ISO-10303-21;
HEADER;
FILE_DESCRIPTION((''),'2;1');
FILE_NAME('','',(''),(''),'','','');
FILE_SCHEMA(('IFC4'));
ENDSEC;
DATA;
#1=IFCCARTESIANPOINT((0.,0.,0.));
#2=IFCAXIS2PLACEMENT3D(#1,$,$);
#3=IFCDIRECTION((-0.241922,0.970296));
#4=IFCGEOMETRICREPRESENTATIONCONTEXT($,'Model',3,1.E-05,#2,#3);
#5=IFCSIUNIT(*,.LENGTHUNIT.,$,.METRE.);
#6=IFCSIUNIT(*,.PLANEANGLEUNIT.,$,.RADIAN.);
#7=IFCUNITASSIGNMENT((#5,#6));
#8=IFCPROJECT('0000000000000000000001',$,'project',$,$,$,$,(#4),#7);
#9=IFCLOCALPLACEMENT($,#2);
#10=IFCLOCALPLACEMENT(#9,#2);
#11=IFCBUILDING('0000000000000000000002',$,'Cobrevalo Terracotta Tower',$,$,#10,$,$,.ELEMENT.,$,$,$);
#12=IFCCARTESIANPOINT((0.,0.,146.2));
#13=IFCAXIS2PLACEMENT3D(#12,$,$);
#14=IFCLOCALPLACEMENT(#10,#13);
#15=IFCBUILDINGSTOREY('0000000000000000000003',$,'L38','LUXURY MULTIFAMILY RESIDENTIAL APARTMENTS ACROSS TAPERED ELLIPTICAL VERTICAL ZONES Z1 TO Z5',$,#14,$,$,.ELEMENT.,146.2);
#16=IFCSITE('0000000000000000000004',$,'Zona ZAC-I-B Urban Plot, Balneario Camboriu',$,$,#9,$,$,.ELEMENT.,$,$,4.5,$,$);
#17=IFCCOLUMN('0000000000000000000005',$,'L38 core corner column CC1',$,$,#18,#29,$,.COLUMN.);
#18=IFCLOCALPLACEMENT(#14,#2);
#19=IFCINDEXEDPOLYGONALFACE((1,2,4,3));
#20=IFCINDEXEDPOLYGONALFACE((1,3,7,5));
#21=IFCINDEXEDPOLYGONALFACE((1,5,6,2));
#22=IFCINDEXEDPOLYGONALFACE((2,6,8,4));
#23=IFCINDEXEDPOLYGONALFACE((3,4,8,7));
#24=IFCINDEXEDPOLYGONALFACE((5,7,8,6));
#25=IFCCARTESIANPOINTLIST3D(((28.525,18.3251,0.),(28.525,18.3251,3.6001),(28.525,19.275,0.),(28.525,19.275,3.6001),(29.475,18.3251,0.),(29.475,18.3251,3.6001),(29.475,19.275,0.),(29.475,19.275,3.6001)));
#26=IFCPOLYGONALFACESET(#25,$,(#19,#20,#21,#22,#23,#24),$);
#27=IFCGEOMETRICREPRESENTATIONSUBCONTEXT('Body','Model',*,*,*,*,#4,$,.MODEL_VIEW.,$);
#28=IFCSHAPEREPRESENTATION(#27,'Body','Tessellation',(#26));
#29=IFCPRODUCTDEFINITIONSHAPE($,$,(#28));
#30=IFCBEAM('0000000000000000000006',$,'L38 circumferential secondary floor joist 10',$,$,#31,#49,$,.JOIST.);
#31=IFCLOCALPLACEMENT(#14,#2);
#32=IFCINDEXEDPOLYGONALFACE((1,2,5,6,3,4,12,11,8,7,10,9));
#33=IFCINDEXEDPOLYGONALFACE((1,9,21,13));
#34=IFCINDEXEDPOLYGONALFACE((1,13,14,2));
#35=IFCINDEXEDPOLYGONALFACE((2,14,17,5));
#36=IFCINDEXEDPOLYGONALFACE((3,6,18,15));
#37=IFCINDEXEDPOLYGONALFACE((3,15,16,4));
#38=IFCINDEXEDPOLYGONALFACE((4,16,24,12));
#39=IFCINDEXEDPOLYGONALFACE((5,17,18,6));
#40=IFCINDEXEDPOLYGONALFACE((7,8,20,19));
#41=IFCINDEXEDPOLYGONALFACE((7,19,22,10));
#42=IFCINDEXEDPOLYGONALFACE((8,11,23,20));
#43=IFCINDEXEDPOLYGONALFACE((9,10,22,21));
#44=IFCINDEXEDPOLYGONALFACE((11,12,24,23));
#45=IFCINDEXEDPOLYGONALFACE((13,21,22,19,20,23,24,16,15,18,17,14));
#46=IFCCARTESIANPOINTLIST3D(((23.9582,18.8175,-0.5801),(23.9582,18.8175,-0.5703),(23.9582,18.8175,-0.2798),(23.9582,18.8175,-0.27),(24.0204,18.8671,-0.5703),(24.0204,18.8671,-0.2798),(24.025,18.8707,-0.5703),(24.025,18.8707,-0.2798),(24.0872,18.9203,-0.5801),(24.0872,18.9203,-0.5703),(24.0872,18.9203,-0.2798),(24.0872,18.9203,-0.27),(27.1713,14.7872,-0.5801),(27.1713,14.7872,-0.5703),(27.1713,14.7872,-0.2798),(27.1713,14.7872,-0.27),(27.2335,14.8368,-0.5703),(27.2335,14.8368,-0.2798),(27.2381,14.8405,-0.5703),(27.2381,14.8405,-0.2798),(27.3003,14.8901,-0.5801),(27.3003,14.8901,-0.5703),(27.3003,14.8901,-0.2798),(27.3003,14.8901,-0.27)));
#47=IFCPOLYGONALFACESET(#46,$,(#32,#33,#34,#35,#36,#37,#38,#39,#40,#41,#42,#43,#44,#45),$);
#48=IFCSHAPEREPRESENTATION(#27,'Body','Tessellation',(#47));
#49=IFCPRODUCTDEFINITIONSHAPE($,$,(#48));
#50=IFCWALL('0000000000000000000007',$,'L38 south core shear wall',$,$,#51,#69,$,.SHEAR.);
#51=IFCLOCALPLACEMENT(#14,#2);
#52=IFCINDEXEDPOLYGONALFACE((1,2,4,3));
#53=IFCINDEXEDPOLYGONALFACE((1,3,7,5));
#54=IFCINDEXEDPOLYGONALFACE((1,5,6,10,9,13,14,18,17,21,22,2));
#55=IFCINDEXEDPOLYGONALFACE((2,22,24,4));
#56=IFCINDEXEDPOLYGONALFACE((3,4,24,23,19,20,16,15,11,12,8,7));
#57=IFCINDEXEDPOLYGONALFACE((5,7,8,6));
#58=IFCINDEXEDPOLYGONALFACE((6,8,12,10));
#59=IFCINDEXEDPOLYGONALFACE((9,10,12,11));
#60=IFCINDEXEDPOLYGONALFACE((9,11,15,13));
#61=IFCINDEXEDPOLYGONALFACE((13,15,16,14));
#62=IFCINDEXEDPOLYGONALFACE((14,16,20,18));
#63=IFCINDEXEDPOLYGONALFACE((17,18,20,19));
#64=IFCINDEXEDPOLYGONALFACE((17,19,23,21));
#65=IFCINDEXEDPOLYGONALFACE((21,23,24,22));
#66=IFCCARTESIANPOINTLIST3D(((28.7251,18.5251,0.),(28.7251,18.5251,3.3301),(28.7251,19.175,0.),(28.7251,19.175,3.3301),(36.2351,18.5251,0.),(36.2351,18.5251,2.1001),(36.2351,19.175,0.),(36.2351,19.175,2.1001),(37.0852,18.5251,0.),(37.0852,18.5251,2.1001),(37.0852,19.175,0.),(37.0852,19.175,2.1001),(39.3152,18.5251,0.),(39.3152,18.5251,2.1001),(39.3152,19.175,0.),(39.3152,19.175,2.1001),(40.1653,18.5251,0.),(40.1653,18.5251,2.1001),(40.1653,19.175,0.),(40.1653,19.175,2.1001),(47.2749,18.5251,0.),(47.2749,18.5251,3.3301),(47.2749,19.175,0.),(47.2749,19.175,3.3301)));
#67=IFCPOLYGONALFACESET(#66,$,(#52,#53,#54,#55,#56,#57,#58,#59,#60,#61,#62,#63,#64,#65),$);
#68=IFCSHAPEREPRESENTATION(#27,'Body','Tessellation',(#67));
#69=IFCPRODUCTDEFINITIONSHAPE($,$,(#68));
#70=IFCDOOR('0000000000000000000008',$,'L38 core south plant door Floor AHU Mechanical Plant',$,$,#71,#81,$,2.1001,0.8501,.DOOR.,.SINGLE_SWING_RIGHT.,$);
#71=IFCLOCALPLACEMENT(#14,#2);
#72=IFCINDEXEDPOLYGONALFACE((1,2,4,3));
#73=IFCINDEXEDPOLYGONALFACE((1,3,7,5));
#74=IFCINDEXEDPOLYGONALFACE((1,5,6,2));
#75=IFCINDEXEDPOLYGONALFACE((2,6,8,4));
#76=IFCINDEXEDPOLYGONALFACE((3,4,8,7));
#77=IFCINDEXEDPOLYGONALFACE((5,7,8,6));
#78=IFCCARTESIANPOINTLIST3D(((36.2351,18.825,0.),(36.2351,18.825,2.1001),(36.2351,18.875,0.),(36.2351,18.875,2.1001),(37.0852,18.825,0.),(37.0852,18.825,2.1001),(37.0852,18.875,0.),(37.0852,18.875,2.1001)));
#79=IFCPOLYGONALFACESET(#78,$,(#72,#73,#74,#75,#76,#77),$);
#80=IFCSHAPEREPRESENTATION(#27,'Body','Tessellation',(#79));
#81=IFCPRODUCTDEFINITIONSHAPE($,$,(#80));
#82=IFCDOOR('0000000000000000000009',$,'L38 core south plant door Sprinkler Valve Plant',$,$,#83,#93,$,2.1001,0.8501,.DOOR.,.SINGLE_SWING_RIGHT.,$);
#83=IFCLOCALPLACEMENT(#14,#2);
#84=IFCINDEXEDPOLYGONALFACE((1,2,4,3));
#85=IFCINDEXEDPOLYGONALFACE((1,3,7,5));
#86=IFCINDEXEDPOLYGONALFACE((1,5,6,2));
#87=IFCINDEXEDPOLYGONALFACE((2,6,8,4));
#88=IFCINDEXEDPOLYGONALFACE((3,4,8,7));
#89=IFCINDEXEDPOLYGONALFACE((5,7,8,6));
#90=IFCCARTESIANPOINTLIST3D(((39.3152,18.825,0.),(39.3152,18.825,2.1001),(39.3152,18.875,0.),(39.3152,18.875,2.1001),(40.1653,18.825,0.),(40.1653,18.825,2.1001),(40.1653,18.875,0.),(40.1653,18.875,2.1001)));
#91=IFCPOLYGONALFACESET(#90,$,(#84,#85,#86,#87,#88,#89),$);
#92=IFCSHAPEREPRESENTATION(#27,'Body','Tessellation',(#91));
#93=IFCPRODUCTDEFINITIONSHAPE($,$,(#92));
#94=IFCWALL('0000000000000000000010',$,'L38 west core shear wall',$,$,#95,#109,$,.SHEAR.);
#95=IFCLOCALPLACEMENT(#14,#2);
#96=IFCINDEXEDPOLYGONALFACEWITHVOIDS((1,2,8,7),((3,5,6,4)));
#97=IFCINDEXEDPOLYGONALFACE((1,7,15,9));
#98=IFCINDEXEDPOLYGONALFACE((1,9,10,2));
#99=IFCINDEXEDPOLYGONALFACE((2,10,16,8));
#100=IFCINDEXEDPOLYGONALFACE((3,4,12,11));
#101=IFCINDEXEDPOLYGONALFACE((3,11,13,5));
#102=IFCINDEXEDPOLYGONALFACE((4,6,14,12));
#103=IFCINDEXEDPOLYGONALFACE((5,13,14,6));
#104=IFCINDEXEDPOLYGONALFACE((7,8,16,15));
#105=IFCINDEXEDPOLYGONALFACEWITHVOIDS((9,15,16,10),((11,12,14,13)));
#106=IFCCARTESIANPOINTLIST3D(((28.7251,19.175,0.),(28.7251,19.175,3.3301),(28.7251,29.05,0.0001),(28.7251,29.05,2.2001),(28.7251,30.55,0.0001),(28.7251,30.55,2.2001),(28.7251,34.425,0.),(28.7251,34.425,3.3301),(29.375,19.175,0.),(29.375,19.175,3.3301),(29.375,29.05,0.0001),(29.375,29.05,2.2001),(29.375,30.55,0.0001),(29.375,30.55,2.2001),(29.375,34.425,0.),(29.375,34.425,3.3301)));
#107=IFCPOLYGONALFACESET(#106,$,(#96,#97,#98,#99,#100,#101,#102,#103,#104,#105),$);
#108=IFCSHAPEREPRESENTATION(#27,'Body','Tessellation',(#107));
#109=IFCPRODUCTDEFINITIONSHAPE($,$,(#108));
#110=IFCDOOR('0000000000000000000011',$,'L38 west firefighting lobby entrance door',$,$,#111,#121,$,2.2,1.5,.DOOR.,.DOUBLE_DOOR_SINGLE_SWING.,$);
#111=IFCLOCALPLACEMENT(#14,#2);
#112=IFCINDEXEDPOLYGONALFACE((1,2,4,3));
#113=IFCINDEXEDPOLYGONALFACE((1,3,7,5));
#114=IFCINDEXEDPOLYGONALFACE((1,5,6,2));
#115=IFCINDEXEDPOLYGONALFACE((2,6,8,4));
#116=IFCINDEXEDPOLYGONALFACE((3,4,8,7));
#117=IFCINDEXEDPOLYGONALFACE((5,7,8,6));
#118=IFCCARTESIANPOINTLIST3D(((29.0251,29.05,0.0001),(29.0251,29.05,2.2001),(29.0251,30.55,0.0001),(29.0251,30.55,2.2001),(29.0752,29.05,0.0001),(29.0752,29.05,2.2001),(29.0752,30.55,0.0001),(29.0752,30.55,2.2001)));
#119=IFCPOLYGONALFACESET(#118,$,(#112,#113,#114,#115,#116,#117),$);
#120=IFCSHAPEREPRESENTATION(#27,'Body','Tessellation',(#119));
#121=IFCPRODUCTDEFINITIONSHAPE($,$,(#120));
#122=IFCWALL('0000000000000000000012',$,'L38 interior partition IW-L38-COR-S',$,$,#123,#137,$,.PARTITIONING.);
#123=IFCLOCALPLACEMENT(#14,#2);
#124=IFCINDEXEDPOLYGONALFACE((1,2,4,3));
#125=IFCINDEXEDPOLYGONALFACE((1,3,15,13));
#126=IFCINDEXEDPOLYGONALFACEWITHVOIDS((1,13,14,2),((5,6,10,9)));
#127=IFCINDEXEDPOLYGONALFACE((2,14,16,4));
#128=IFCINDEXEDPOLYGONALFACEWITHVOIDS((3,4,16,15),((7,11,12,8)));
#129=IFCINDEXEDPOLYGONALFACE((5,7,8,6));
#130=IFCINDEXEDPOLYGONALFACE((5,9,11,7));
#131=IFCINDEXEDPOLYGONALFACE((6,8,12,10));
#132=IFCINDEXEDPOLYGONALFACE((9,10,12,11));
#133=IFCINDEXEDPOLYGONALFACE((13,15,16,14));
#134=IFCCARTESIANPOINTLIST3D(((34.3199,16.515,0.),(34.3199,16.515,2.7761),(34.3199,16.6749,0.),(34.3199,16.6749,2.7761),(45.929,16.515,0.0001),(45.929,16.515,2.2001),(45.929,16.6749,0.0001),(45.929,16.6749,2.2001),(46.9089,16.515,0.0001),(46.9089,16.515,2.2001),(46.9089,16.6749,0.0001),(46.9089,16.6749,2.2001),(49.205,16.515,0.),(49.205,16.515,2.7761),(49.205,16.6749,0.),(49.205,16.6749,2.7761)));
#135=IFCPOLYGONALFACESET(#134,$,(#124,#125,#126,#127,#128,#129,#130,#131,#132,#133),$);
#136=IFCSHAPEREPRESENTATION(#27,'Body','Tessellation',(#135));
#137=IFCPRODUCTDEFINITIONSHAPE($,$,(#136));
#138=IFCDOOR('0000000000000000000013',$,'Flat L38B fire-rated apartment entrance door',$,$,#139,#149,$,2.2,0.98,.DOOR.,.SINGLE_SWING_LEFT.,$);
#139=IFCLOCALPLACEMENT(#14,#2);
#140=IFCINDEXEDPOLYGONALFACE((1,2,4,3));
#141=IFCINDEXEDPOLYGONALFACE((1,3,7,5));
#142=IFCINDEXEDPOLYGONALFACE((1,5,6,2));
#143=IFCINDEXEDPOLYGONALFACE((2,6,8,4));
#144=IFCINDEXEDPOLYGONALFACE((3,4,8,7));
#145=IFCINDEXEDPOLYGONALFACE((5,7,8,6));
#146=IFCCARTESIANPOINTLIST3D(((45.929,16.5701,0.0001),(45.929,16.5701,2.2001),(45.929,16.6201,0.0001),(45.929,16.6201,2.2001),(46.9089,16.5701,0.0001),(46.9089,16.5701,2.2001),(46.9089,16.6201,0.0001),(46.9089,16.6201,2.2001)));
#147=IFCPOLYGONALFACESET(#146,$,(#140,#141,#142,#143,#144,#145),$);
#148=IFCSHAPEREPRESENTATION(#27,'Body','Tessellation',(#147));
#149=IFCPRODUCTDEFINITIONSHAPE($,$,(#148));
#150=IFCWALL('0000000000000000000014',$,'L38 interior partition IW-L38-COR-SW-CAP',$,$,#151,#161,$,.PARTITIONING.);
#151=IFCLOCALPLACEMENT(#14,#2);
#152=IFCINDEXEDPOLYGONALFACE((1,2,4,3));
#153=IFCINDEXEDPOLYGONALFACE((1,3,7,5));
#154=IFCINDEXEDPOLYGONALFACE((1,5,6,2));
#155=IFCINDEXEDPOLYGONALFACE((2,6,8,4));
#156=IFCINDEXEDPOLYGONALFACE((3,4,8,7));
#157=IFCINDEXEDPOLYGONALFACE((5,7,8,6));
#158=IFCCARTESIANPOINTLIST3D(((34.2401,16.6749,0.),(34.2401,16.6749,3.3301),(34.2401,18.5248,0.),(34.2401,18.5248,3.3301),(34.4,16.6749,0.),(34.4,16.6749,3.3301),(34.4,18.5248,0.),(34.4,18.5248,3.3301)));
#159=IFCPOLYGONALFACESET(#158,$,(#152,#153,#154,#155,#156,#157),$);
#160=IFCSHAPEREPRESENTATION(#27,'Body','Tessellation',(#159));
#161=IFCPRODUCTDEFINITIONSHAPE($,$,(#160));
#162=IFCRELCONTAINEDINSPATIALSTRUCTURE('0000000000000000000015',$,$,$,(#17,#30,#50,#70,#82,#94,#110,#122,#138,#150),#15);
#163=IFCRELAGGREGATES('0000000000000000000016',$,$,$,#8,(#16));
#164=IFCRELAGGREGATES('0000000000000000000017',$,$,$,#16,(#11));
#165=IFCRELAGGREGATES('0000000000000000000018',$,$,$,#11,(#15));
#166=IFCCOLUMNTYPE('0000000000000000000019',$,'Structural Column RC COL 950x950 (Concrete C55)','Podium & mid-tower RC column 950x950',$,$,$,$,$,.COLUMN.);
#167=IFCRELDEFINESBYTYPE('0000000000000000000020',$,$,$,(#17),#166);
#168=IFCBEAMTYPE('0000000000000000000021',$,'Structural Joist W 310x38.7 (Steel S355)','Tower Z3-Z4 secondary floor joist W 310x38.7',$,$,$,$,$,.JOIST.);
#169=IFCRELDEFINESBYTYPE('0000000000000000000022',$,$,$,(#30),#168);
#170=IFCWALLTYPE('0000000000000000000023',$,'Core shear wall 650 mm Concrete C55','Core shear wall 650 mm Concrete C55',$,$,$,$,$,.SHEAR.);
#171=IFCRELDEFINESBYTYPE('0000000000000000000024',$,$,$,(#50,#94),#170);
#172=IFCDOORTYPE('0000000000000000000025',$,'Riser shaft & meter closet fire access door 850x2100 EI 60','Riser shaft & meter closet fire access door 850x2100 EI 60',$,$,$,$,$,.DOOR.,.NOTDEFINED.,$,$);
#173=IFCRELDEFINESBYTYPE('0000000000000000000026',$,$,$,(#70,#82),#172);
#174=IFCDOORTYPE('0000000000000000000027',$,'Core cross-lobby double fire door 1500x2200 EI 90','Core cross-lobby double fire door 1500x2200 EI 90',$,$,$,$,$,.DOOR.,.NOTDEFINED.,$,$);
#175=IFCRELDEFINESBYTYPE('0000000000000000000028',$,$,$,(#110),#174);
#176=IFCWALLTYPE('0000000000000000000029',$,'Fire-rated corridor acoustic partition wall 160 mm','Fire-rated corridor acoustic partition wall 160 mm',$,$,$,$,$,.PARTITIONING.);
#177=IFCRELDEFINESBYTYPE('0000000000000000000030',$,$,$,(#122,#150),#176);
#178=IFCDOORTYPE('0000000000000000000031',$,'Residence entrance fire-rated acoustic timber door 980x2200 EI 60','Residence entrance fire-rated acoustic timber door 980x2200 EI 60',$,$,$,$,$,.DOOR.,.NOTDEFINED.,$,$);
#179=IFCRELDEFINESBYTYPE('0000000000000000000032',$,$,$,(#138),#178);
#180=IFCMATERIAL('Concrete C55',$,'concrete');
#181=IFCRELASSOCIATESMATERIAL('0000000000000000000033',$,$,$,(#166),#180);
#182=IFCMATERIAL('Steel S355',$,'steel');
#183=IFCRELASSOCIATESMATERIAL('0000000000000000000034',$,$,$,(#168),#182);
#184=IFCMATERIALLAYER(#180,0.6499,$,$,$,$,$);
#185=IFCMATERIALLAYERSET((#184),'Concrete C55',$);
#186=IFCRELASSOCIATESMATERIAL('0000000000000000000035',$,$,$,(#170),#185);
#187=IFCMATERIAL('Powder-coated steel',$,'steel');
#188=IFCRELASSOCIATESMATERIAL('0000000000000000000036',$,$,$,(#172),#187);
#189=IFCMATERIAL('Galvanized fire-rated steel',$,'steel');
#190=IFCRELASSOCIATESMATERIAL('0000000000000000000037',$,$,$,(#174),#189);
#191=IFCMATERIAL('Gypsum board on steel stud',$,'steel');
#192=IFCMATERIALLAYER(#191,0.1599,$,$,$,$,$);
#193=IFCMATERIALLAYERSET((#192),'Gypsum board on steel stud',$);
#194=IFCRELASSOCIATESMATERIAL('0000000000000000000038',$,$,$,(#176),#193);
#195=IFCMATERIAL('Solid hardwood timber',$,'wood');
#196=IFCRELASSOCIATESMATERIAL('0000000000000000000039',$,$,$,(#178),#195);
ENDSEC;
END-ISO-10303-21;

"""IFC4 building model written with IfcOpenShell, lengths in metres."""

from ifc_helpers import new_model, si_unit, direction, frame, frame_2d, origin, origin_2d, place, context, subcontext, project, spatial, rectangle, i_section, extrude, source, transform, mapped, material, layer, layer_set, material_profile, profile_set, type_object, element, fill, save


model = new_model("IFC4")

# Units and contexts
model_context = context("Model", 3, precision=1e-05, world=origin(), true_north=direction((-0.241922, 0.970296)))
body_context = subcontext(model_context, "Body", "Model", "MODEL_VIEW")
ifc_project = project(units=[si_unit("LENGTHUNIT", "METRE"), si_unit("PLANEANGLEUNIT", "RADIAN")], contexts=[model_context])

# Site, building, storey
site_placement = place(None, origin())
site = spatial("IfcSite", under=ifc_project, at=site_placement, Name="Zona ZAC-I-B Urban Plot, Balneario Camboriu", CompositionType="ELEMENT", RefElevation=4.5)
building_placement = place(site_placement, origin())
building = spatial("IfcBuilding", under=site, at=building_placement, Name="Cobrevalo Terracotta Tower", CompositionType="ELEMENT")
storey_placement = place(building_placement, frame((0.0, 0.0, 146.2)))
storey = spatial("IfcBuildingStorey", under=building, at=storey_placement, Name="L38", Description="LUXURY MULTIFAMILY RESIDENTIAL APARTMENTS ACROSS TAPERED ELLIPTICAL VERTICAL ZONES Z1 TO Z5", CompositionType="ELEMENT", Elevation=146.2)

# Column
ifc_material_1 = material(Name="Concrete C55", Category="concrete")
ifc_material_profile_1 = material_profile(ifc_material_1, rectangle(XDim=0.95, YDim=0.95, at=origin_2d()), Name="RC COL 950x950")
ifc_profile_set_1 = profile_set([ifc_material_profile_1], Name="Concrete C55")
column_type = type_object("IfcColumnType", Name="Structural Column RC COL 950x950 (Concrete C55)", Description="Podium & mid-tower RC column 950x950", PredefinedType="COLUMN", material=ifc_profile_set_1)
column_placement = place(storey_placement, frame((29.0, 18.8, 0.0), z_axis=(0.0, 0.0, 1.0), x_axis=(1.0, 0.0, 0.0)))
element("IfcColumn", 1, at=column_placement, inside=storey, type_object=column_type, Name="L38 core corner column CC1", PredefinedType="COLUMN", context=body_context, shape_type="SweptSolid", body=[
    extrude(rectangle(XDim=0.95, YDim=0.95, at=origin_2d()), origin(), (0.0, 0.0, 1.0), 3.6001),
])

# Beam
ifc_material_2 = material(Name="Steel S355", Category="steel")
ifc_material_profile_2 = material_profile(ifc_material_2, i_section(OverallWidth=0.165, OverallDepth=0.3101, WebThickness=0.0059, FlangeThickness=0.0098, at=origin_2d()), Name="W 310x38.7")
ifc_profile_set_2 = profile_set([ifc_material_profile_2], Name="Steel S355")
beam_type = type_object("IfcBeamType", Name="Structural Joist W 310x38.7 (Steel S355)", Description="Tower Z3-Z4 secondary floor joist W 310x38.7", PredefinedType="JOIST", material=ifc_profile_set_2)
beam_placement = place(storey_placement, frame((24.0227, 18.8689, -0.425), z_axis=(0.623383, -0.781917, 0.0), x_axis=(0.781917, 0.623383, 0.0)))
element("IfcBeam", 2, at=beam_placement, inside=storey, type_object=beam_type, Name="L38 circumferential secondary floor joist 10", PredefinedType="JOIST", context=body_context, shape_type="SweptSolid", body=[
    extrude(i_section(OverallWidth=0.165, OverallDepth=0.3101, WebThickness=0.0059, FlangeThickness=0.0098, at=origin_2d()), origin(), (0.0, 0.0, 1.0), 5.1543),
])

# Wall, openings, doors
ifc_layer_1 = layer(ifc_material_1, 0.6499)
ifc_layer_set_1 = layer_set([ifc_layer_1], Name="Concrete C55")
wall_type_1 = type_object("IfcWallType", Name="Core shear wall 650 mm Concrete C55", Description="Core shear wall 650 mm Concrete C55", PredefinedType="SHEAR", material=ifc_layer_set_1)
wall_1_placement = place(storey_placement, frame((28.7251, 18.8501, 0.0), z_axis=(0.0, 0.0, 1.0), x_axis=(1.0, 0.0, 0.0)))
wall_1 = element("IfcWall", 3, at=wall_1_placement, inside=storey, type_object=wall_type_1, Name="L38 south core shear wall", PredefinedType="SHEAR", context=body_context, shape_type="SweptSolid", body=[
    extrude(rectangle(XDim=18.5498, YDim=0.6499, at=frame_2d((9.2749, 0.0))), origin(), (0.0, 0.0, 1.0), 3.3301),
])
opening_1_placement = place(wall_1_placement, frame((7.51, 0.0, 0.0)))
opening_1 = element("IfcOpeningElement", 4, at=opening_1_placement, cuts=wall_1, PredefinedType="OPENING", context=body_context, shape_type="SweptSolid", body=[
    extrude(rectangle(XDim=0.8501, YDim=2.1001, at=frame_2d((0.425, 1.05))), frame((0.0, 0.335, 0.0), z_axis=(0.0, -1.0, 0.0), x_axis=(1.0, 0.0, 0.0)), (0.0, 0.0, 1.0), 0.6699),
])
opening_2_placement = place(wall_1_placement, frame((10.5901, 0.0, 0.0)))
opening_2 = element("IfcOpeningElement", 5, at=opening_2_placement, cuts=wall_1, PredefinedType="OPENING", context=body_context, shape_type="SweptSolid", body=[
    extrude(rectangle(XDim=0.8501, YDim=2.1001, at=frame_2d((0.425, 1.05))), frame((0.0, 0.335, 0.0), z_axis=(0.0, -1.0, 0.0), x_axis=(1.0, 0.0, 0.0)), (0.0, 0.0, 1.0), 0.6699),
])
ifc_material_3 = material(Name="Powder-coated steel", Category="steel")
door_type_1 = type_object("IfcDoorType", Name="Riser shaft & meter closet fire access door 850x2100 EI 60", Description="Riser shaft & meter closet fire access door 850x2100 EI 60", OperationType="NOTDEFINED", PredefinedType="DOOR", material=ifc_material_3)
shared_shape_1 = source(origin(), body_context, "Body", "SweptSolid", [
    extrude(rectangle(XDim=0.8501, YDim=2.1001, at=frame_2d((0.425, 1.05))), frame((0.0, 0.0249, 0.0), z_axis=(0.0, -1.0, 0.0), x_axis=(1.0, 0.0, 0.0)), (0.0, 0.0, 1.0), 0.05),
])
door_1_placement = place(opening_1_placement, origin())
door_1 = element("IfcDoor", 6, at=door_1_placement, inside=storey, type_object=door_type_1, Name="L38 core south plant door Floor AHU Mechanical Plant", OperationType="SINGLE_SWING_RIGHT", OverallHeight=2.1001, OverallWidth=0.8501, PredefinedType="DOOR", context=body_context, shape_type="MappedRepresentation", body=[
    mapped(shared_shape_1, transform((0.0, 0.0, 0.0), scale=1.0)),
])
fill(opening_1, door_1)
door_2_placement = place(opening_2_placement, origin())
door_2 = element("IfcDoor", 7, at=door_2_placement, inside=storey, type_object=door_type_1, Name="L38 core south plant door Sprinkler Valve Plant", OperationType="SINGLE_SWING_RIGHT", OverallHeight=2.1001, OverallWidth=0.8501, PredefinedType="DOOR", context=body_context, shape_type="MappedRepresentation", body=[
    mapped(shared_shape_1, transform((0.0, 0.0, 0.0), scale=1.0)),
])
fill(opening_2, door_2)

# Walls, openings, doors
wall_2_placement = place(storey_placement, frame((29.05, 19.175, 0.0), z_axis=(0.0, 0.0, 1.0), x_axis=(0.0, 1.0, 0.0)))
wall_2 = element("IfcWall", 8, at=wall_2_placement, inside=storey, type_object=wall_type_1, Name="L38 west core shear wall", PredefinedType="SHEAR", context=body_context, shape_type="SweptSolid", body=[
    extrude(rectangle(XDim=15.25, YDim=0.6499, at=frame_2d((7.625, 0.0))), origin(), (0.0, 0.0, 1.0), 3.3301),
])
opening_3_placement = place(wall_2_placement, frame((9.875, 0.0, 0.0)))
opening_3 = element("IfcOpeningElement", 9, at=opening_3_placement, cuts=wall_2, PredefinedType="OPENING", context=body_context, shape_type="SweptSolid", body=[
    extrude(rectangle(XDim=1.5, YDim=2.2, at=frame_2d((0.75, 1.1001))), frame((0.0, 0.335, 0.0), z_axis=(0.0, -1.0, 0.0), x_axis=(1.0, 0.0, 0.0)), (0.0, 0.0, 1.0), 0.6699),
])
ifc_material_4 = material(Name="Galvanized fire-rated steel", Category="steel")
door_type_2 = type_object("IfcDoorType", Name="Core cross-lobby double fire door 1500x2200 EI 90", Description="Core cross-lobby double fire door 1500x2200 EI 90", OperationType="NOTDEFINED", PredefinedType="DOOR", material=ifc_material_4)
shared_shape_2 = source(origin(), body_context, "Body", "SweptSolid", [
    extrude(rectangle(XDim=1.5, YDim=2.2, at=frame_2d((0.75, 1.1001))), frame((0.0, 0.0249, 0.0), z_axis=(0.0, -1.0, 0.0), x_axis=(1.0, 0.0, 0.0)), (0.0, 0.0, 1.0), 0.05),
])
door_3_placement = place(opening_3_placement, origin())
door_3 = element("IfcDoor", 10, at=door_3_placement, inside=storey, type_object=door_type_2, Name="L38 west firefighting lobby entrance door", OperationType="DOUBLE_DOOR_SINGLE_SWING", OverallHeight=2.2, OverallWidth=1.5, PredefinedType="DOOR", context=body_context, shape_type="MappedRepresentation", body=[
    mapped(shared_shape_2, transform((0.0, 0.0, 0.0), scale=1.0)),
])
fill(opening_3, door_3)
ifc_material_5 = material(Name="Gypsum board on steel stud", Category="steel")
ifc_layer_2 = layer(ifc_material_5, 0.1599)
ifc_layer_set_2 = layer_set([ifc_layer_2], Name="Gypsum board on steel stud")
wall_type_2 = type_object("IfcWallType", Name="Fire-rated corridor acoustic partition wall 160 mm", Description="Fire-rated corridor acoustic partition wall 160 mm", PredefinedType="PARTITIONING", material=ifc_layer_set_2)
wall_3_placement = place(storey_placement, frame((34.3201, 16.595, 0.0), z_axis=(0.0, 0.0, 1.0), x_axis=(1.0, 0.0, 0.0)))
wall_3 = element("IfcWall", 11, at=wall_3_placement, inside=storey, type_object=wall_type_2, Name="L38 interior partition IW-L38-COR-S", PredefinedType="PARTITIONING", context=body_context, shape_type="SweptSolid", body=[
    extrude(rectangle(XDim=14.885, YDim=0.1599, at=frame_2d((7.4424, 0.0))), origin(), (0.0, 0.0, 1.0), 2.7761),
])
opening_4_placement = place(wall_3_placement, frame((11.6089, 0.0, 0.0)))
opening_4 = element("IfcOpeningElement", 12, at=opening_4_placement, cuts=wall_3, PredefinedType="OPENING", context=body_context, shape_type="SweptSolid", body=[
    extrude(rectangle(XDim=0.98, YDim=2.2, at=frame_2d((0.49, 1.1001))), frame((0.0, 0.0898, 0.0), z_axis=(0.0, -1.0, 0.0), x_axis=(1.0, 0.0, 0.0)), (0.0, 0.0, 1.0), 0.1799),
])
ifc_material_6 = material(Name="Solid hardwood timber", Category="wood")
door_type_3 = type_object("IfcDoorType", Name="Residence entrance fire-rated acoustic timber door 980x2200 EI 60", Description="Residence entrance fire-rated acoustic timber door 980x2200 EI 60", OperationType="NOTDEFINED", PredefinedType="DOOR", material=ifc_material_6)
shared_shape_3 = source(origin(), body_context, "Body", "SweptSolid", [
    extrude(rectangle(XDim=0.98, YDim=2.2, at=frame_2d((0.49, 1.1001))), frame((0.0, 0.0249, 0.0), z_axis=(0.0, -1.0, 0.0), x_axis=(1.0, 0.0, 0.0)), (0.0, 0.0, 1.0), 0.05),
])
door_4_placement = place(opening_4_placement, frame((0.98, 0.0, 0.0), z_axis=(0.0, 0.0, 1.0), x_axis=(-1.0, 0.0, 0.0)))
door_4 = element("IfcDoor", 13, at=door_4_placement, inside=storey, type_object=door_type_3, Name="Flat L38B fire-rated apartment entrance door", OperationType="SINGLE_SWING_LEFT", OverallHeight=2.2, OverallWidth=0.98, PredefinedType="DOOR", context=body_context, shape_type="MappedRepresentation", body=[
    mapped(shared_shape_3, transform((0.0, 0.0, 0.0), scale=1.0)),
])
fill(opening_4, door_4)

# Wall
wall_4_placement = place(storey_placement, frame((34.3201, 16.675, 0.0), z_axis=(0.0, 0.0, 1.0), x_axis=(0.0, 1.0, 0.0)))
element("IfcWall", 14, at=wall_4_placement, inside=storey, type_object=wall_type_2, Name="L38 interior partition IW-L38-COR-SW-CAP", PredefinedType="PARTITIONING", context=body_context, shape_type="SweptSolid", body=[
    extrude(rectangle(XDim=1.8499, YDim=0.1599, at=frame_2d((0.9248, 0.0))), origin(), (0.0, 0.0, 1.0), 3.3301),
])

save(model, "model.ifc")
